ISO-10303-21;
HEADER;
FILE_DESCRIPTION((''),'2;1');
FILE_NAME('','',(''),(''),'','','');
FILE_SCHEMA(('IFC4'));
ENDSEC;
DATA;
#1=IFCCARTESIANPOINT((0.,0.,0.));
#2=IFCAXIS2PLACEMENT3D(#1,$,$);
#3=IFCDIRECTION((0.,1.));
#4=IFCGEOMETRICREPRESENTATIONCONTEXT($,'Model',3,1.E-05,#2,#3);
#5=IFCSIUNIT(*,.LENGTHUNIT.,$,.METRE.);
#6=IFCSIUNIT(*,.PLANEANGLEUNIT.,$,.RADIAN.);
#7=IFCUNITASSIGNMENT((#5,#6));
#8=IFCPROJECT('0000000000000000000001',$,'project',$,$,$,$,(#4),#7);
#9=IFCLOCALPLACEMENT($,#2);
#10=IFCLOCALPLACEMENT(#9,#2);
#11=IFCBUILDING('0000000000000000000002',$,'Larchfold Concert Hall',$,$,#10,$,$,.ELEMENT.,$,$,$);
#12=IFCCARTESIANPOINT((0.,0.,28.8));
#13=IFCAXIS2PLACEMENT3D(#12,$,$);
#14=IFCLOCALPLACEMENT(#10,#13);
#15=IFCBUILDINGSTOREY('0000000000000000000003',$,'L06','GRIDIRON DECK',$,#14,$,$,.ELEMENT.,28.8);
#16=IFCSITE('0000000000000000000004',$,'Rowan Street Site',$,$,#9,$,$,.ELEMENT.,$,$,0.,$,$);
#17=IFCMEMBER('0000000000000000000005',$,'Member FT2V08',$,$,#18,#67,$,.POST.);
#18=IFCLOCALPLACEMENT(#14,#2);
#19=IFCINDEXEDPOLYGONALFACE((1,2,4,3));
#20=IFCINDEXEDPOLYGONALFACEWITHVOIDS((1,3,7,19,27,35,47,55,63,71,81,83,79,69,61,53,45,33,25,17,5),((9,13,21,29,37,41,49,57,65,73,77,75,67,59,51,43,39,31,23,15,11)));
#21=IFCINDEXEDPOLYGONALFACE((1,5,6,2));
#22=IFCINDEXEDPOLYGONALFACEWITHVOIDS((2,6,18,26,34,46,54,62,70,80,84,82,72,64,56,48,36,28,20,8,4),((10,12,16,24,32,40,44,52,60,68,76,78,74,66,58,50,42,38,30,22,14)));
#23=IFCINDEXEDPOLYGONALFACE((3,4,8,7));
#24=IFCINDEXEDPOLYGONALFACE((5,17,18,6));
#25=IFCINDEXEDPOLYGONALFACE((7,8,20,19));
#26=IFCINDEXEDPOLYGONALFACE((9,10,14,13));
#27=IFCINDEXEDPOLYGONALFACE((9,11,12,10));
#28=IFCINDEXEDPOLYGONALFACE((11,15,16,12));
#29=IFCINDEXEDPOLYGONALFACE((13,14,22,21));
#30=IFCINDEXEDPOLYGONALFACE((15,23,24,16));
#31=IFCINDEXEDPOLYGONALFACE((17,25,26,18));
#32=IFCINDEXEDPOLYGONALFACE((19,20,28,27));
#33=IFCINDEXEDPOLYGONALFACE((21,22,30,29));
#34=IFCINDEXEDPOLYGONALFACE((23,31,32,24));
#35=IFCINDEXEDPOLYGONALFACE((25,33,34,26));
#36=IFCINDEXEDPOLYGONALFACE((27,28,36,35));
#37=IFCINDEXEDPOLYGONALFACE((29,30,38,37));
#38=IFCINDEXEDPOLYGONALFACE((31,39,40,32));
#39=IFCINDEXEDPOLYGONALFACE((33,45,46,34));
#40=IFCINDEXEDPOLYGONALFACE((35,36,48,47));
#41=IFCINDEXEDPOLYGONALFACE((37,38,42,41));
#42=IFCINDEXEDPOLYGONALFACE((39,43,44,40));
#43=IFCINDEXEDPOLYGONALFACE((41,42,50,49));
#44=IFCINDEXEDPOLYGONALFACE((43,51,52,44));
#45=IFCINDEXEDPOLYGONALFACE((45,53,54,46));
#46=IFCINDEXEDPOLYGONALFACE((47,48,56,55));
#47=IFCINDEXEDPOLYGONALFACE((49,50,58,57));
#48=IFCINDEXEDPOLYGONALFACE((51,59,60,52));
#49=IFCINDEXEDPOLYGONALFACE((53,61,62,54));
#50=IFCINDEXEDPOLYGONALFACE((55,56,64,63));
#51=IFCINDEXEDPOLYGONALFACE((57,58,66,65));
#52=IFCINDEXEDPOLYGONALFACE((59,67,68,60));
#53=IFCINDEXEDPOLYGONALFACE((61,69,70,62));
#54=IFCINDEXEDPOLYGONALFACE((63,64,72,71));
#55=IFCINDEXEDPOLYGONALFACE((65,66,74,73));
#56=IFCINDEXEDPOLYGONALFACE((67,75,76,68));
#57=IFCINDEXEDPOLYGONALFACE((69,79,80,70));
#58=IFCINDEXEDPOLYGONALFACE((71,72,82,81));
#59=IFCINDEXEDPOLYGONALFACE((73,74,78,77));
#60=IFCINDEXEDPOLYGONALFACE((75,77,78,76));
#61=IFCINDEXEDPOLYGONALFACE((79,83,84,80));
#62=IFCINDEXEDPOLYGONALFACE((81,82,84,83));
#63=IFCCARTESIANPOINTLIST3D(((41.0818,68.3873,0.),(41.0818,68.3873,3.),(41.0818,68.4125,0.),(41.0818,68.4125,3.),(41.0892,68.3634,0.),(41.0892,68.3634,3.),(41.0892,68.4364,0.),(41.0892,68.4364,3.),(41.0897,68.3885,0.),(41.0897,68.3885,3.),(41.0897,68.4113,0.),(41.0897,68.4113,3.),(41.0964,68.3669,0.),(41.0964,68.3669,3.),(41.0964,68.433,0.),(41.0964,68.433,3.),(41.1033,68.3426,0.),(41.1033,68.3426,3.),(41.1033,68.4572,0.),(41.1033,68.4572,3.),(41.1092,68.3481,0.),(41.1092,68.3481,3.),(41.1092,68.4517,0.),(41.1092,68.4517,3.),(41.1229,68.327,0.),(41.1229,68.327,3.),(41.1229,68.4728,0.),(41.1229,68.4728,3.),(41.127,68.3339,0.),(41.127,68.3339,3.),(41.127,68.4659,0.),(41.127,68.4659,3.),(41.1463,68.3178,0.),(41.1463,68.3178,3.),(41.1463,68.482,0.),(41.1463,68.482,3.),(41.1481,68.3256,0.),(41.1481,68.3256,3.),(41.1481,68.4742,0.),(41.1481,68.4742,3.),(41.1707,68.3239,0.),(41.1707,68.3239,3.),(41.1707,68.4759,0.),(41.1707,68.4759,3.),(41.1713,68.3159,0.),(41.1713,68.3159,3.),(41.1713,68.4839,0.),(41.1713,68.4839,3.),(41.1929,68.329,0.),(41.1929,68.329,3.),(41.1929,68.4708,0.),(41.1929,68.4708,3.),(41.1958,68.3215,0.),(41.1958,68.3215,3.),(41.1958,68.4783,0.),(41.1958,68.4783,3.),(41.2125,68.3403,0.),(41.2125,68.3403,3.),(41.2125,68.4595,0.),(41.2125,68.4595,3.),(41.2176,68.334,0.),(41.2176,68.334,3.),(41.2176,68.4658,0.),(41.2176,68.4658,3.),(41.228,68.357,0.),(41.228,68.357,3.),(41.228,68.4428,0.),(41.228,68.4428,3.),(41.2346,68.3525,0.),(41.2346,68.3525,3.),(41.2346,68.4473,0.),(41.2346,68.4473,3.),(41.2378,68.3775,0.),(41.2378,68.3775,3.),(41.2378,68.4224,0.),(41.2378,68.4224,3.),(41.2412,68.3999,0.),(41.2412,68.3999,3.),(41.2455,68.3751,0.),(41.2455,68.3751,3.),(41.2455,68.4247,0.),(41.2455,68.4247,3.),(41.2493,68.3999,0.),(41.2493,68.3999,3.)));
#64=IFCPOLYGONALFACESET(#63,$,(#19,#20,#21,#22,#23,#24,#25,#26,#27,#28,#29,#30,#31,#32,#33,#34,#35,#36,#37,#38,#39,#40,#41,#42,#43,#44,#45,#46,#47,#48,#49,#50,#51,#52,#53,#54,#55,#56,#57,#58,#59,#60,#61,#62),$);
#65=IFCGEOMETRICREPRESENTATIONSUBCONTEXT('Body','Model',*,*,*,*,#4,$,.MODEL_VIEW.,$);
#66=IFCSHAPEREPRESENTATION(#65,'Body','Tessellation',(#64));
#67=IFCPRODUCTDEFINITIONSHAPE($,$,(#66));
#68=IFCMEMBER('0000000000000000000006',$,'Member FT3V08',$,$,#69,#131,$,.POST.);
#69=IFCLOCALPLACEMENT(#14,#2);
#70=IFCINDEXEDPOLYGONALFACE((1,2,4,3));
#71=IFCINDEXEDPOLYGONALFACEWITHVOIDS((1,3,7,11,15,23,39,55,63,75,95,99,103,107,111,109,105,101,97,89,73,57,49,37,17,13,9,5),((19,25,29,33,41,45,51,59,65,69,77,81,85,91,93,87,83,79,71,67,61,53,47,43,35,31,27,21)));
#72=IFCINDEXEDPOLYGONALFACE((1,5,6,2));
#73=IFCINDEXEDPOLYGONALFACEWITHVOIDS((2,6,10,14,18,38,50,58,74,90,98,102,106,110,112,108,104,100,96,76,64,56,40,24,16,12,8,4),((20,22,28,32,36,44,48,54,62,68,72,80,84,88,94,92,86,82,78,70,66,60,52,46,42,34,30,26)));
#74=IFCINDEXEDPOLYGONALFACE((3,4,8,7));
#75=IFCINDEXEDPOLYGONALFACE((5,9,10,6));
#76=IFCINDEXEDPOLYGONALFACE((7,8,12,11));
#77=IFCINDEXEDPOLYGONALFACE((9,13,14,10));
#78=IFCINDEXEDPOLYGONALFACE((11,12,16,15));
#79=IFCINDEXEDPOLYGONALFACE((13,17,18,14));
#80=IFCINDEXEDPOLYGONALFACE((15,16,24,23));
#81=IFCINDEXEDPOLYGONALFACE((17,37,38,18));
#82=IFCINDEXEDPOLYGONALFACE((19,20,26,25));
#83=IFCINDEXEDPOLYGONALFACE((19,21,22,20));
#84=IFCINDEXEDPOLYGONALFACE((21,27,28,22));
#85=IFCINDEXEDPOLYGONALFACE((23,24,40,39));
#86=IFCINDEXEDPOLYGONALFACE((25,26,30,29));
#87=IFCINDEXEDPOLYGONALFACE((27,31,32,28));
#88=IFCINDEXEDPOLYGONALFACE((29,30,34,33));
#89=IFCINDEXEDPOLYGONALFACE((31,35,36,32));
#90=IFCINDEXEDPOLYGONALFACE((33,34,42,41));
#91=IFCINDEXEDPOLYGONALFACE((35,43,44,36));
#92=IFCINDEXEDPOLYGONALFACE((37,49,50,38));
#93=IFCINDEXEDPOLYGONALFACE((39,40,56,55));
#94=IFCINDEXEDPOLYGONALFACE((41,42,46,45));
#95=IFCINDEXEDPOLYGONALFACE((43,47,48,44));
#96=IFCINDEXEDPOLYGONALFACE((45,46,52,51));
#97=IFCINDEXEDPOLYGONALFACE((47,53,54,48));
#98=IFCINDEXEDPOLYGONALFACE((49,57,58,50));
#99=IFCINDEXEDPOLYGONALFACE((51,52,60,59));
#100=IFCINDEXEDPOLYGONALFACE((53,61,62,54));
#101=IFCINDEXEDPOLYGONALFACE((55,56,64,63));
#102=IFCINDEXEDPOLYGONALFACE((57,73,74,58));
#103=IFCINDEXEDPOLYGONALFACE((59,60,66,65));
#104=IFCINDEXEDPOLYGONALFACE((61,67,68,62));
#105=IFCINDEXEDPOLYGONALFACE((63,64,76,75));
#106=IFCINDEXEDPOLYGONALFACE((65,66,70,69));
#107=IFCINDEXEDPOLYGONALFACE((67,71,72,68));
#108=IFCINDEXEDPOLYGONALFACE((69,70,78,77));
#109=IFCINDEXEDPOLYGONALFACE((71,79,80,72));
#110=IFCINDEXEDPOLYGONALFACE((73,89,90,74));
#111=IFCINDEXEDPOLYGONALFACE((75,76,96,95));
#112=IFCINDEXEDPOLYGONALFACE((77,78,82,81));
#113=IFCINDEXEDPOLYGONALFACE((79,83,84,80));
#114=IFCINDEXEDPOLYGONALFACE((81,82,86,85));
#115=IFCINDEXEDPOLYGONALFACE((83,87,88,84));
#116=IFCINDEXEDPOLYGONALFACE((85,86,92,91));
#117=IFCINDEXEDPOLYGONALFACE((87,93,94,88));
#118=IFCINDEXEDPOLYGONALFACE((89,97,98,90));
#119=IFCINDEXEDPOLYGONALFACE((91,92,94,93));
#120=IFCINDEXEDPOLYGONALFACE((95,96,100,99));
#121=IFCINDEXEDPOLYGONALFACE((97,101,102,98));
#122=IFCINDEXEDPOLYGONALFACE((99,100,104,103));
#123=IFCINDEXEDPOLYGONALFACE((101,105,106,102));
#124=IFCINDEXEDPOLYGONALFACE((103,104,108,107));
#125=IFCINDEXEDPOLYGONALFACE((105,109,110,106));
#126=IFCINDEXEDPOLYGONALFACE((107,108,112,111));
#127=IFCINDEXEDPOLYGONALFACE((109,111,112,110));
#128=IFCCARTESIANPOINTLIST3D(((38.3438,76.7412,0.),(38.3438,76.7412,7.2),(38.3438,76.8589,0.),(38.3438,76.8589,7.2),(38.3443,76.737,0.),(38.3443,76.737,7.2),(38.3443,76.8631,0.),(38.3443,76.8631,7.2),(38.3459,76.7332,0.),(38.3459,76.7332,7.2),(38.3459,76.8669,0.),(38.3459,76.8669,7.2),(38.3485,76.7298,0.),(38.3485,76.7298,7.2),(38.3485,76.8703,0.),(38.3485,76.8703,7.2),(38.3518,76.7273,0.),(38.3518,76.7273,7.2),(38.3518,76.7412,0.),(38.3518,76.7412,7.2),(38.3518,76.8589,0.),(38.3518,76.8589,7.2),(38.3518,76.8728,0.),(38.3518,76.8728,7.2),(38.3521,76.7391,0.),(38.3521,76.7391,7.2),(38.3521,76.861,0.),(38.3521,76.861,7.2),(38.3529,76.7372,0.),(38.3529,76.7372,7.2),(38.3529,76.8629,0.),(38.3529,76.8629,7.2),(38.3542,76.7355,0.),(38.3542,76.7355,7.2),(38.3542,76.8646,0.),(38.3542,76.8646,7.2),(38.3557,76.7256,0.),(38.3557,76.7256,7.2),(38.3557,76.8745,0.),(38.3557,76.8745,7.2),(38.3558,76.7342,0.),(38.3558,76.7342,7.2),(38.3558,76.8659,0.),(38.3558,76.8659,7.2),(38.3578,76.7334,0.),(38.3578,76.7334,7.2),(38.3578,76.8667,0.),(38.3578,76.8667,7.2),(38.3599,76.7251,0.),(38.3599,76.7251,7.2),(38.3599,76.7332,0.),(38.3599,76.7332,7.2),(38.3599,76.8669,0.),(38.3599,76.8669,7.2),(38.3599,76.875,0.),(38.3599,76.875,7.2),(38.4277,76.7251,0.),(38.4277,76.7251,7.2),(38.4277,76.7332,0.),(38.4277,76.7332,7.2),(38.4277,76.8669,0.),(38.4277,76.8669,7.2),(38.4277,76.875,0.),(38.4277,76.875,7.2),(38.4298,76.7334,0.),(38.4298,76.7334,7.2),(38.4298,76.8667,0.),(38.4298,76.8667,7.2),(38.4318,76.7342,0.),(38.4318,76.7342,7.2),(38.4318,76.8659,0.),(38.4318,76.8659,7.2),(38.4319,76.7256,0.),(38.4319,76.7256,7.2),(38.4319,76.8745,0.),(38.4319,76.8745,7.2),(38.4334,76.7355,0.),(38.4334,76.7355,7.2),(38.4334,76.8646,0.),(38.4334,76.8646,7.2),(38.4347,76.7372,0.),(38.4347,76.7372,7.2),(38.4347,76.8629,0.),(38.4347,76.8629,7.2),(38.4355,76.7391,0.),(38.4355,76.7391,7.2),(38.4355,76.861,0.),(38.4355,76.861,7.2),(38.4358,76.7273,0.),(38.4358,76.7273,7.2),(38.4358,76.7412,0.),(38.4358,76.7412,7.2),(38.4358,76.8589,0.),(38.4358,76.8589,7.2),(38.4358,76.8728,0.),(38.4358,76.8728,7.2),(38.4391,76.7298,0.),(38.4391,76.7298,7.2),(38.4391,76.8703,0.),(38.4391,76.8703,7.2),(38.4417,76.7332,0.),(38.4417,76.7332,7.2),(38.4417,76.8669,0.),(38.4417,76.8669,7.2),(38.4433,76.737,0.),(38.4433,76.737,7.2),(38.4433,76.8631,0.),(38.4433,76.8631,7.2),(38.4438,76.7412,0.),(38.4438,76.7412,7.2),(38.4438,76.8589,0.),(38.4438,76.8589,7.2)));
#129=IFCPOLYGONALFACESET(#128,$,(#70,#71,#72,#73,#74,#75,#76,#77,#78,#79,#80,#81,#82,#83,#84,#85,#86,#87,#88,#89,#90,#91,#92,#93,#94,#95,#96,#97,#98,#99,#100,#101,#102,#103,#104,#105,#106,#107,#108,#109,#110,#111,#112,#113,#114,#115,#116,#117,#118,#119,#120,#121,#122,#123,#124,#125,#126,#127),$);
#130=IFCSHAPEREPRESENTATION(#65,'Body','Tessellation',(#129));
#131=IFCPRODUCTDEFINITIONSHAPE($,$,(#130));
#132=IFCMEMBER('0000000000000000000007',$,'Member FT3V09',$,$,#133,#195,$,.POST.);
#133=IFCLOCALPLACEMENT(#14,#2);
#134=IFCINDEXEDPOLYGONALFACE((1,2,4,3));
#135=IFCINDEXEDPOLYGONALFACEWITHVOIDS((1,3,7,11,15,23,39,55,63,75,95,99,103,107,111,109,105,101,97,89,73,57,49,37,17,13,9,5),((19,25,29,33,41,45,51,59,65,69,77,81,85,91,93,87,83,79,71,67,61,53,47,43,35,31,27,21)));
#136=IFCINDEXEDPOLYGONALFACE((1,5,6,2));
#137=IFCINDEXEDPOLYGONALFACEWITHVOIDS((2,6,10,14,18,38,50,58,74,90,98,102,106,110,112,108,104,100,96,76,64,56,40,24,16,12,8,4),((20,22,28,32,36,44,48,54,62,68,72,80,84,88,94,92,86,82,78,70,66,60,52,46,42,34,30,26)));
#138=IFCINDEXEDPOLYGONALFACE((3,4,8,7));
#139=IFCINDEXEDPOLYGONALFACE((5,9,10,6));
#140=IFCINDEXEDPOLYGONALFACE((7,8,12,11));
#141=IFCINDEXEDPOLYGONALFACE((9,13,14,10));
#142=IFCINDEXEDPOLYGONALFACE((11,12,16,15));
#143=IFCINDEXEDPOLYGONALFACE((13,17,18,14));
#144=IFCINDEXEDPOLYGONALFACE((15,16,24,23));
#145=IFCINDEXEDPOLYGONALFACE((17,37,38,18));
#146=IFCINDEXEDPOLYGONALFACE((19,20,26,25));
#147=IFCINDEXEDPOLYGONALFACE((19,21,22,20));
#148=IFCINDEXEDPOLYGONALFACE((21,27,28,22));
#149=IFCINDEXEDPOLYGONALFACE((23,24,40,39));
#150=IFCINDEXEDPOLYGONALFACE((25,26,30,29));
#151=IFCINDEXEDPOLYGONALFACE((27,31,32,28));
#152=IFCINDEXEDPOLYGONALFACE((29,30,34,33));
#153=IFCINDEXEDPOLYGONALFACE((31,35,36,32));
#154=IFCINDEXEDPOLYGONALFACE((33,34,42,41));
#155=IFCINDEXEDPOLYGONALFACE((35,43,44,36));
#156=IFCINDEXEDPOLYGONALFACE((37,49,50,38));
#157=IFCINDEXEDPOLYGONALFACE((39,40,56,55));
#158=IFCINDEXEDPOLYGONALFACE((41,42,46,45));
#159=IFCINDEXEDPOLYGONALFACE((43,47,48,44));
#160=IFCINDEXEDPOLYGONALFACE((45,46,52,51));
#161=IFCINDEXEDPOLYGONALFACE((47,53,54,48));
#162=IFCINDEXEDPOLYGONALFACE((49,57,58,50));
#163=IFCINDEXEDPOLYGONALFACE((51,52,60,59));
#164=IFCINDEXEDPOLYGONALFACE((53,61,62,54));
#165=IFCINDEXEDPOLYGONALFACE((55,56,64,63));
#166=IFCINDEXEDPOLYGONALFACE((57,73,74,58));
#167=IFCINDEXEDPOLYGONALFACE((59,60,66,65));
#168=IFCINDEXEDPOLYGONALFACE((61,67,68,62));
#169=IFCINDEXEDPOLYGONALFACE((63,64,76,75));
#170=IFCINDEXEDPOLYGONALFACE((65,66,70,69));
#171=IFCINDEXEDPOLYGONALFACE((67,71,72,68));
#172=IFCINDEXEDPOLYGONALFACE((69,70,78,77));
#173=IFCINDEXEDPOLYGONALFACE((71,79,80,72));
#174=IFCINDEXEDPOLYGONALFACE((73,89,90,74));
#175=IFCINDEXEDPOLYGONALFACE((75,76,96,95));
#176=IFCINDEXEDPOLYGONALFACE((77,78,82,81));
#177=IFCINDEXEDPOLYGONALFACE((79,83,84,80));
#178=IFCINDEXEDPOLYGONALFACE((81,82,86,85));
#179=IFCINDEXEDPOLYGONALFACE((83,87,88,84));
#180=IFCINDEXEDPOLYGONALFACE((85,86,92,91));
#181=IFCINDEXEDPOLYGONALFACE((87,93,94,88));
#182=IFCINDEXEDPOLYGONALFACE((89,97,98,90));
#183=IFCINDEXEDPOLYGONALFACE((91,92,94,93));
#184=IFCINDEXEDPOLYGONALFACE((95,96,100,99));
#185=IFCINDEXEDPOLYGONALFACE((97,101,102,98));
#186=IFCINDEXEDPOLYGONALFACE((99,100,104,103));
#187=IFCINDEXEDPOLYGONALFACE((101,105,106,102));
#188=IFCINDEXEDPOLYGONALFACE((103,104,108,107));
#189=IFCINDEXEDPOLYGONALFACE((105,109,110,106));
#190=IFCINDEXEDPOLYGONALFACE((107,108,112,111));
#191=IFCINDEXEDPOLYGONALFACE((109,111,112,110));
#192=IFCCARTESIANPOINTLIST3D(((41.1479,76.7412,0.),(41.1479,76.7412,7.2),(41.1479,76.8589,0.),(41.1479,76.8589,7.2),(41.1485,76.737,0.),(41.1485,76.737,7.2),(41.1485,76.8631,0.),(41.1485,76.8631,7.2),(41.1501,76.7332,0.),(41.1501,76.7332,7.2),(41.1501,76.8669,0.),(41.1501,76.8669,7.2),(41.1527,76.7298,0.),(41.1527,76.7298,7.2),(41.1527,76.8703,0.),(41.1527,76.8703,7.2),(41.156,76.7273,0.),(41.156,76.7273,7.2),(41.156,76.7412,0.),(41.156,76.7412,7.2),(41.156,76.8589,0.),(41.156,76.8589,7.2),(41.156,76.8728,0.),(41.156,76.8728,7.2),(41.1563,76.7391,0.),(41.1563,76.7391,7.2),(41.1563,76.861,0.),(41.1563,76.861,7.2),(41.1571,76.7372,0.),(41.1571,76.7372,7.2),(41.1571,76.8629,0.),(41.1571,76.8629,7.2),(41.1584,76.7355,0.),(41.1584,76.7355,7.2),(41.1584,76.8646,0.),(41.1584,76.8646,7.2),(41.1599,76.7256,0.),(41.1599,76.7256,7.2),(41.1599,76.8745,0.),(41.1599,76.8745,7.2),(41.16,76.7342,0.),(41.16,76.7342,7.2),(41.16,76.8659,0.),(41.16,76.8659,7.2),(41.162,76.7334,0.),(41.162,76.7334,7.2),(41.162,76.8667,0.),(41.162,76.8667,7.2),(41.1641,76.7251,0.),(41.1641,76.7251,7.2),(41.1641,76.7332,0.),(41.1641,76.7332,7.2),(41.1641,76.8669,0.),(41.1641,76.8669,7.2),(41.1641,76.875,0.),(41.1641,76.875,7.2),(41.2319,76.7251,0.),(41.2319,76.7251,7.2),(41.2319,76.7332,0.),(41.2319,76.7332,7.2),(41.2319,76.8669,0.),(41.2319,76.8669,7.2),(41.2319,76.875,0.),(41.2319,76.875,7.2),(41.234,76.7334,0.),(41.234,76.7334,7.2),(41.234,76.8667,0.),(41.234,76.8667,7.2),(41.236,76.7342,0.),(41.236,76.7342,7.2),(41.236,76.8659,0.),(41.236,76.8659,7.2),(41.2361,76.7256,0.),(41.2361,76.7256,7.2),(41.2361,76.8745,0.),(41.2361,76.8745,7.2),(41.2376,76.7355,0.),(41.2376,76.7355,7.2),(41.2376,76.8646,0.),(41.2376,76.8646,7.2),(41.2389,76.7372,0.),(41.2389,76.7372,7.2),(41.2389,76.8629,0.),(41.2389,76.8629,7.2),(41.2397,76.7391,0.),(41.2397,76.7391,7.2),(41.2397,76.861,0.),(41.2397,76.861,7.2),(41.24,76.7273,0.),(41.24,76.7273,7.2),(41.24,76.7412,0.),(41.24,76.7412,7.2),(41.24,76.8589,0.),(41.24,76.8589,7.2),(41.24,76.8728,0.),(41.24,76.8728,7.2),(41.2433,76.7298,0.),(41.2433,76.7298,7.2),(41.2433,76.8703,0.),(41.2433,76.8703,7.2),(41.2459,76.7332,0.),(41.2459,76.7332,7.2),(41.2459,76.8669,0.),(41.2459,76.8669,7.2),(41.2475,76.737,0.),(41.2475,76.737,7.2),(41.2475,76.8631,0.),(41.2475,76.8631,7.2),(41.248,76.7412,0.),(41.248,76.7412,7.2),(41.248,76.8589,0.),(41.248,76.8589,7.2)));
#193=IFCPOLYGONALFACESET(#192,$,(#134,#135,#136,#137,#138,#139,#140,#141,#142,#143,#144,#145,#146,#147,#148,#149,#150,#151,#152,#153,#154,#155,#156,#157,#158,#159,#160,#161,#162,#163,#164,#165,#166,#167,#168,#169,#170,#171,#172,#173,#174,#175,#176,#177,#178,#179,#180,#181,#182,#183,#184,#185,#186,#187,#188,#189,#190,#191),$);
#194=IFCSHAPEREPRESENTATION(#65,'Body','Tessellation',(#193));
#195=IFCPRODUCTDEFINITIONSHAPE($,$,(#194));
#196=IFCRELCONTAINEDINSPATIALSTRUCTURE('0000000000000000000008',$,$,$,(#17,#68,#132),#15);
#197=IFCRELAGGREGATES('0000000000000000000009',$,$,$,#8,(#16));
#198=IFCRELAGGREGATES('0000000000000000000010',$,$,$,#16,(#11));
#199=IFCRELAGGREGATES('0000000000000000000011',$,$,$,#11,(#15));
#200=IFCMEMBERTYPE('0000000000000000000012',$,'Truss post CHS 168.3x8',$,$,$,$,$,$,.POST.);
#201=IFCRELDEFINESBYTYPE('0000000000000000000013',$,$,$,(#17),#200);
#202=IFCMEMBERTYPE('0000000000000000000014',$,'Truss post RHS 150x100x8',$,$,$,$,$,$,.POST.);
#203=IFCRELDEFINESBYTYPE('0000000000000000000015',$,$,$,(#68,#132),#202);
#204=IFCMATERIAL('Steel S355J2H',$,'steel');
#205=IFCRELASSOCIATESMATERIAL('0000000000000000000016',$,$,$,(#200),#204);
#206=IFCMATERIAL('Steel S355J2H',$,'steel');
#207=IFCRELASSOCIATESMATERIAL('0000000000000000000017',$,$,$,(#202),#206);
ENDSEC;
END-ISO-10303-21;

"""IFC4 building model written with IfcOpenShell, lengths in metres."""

from ifc_helpers import new_model, si_unit, direction, frame, origin, origin_2d, place, context, subcontext, project, spatial, hollow_rectangle, hollow_circle, extrude, material, material_profile, profile_set, type_object, element, save


model = new_model("IFC4")

# Units and contexts
model_context = context("Model", 3, precision=1e-05, world=origin(), true_north=direction((0.0, 1.0)))
body_context = subcontext(model_context, "Body", "Model", "MODEL_VIEW")
ifc_project = project(units=[si_unit("LENGTHUNIT", "METRE"), si_unit("PLANEANGLEUNIT", "RADIAN")], contexts=[model_context])

# Site, building, storey
site_placement = place(None, origin())
site = spatial("IfcSite", under=ifc_project, at=site_placement, Name="Rowan Street Site", CompositionType="ELEMENT", RefElevation=0.0)
building_placement = place(site_placement, origin())
building = spatial("IfcBuilding", under=site, at=building_placement, Name="Larchfold Concert Hall", CompositionType="ELEMENT")
storey_placement = place(building_placement, frame((0.0, 0.0, 28.8)))
storey = spatial("IfcBuildingStorey", under=building, at=storey_placement, Name="L06", Description="GRIDIRON DECK", CompositionType="ELEMENT", Elevation=28.8)

# Members
ifc_material_1 = material(Name="Steel S355J2H", Category="steel")
ifc_material_profile_1 = material_profile(ifc_material_1, hollow_circle(Radius=0.0842, WallThickness=0.0081, at=origin_2d()))
ifc_profile_set_1 = profile_set([ifc_material_profile_1], Name="Steel S355J2H")
member_type_1 = type_object("IfcMemberType", Name="Truss post CHS 168.3x8", PredefinedType="POST", material=ifc_profile_set_1)
for number, where, z_axis, x_axis, name in (
    (1, (41.165, 68.3999, 3.0), (0.0, 0.0, -1.0), (1.0, 0.0, 0.0), "Member FT2V08"),
):
    element("IfcMember", number, at=place(storey_placement, frame(where, z_axis=z_axis, x_axis=x_axis)), inside=storey, type_object=member_type_1, Name=name, PredefinedType="POST", context=body_context, shape_type="SweptSolid", body=[
        extrude(hollow_circle(Radius=0.0842, WallThickness=0.0081, at=origin_2d()), origin(), (0.0, 0.0, 1.0), 3.0),
    ])
ifc_material_2 = material(Name="Steel S355J2H", Category="steel")
ifc_material_profile_2 = material_profile(ifc_material_2, hollow_rectangle(XDim=0.1001, YDim=0.1499, WallThickness=0.0081, InnerFilletRadius=0.0081, OuterFilletRadius=0.0161, at=origin_2d()))
ifc_profile_set_2 = profile_set([ifc_material_profile_2], Name="Steel S355J2H")
member_type_2 = type_object("IfcMemberType", Name="Truss post RHS 150x100x8", PredefinedType="POST", material=ifc_profile_set_2)
for number, where, z_axis, x_axis, name in (
    (2, (38.3938, 76.8, 7.2), (0.0, 0.0, -1.0), (1.0, 0.0, 0.0), "Member FT3V08"),
    (3, (41.198, 76.8, 7.2), (0.0, 0.0, -1.0), (1.0, 0.0, 0.0), "Member FT3V09"),
):
    element("IfcMember", number, at=place(storey_placement, frame(where, z_axis=z_axis, x_axis=x_axis)), inside=storey, type_object=member_type_2, Name=name, PredefinedType="POST", context=body_context, shape_type="SweptSolid", body=[
        extrude(hollow_rectangle(XDim=0.1001, YDim=0.1499, WallThickness=0.0081, InnerFilletRadius=0.0081, OuterFilletRadius=0.0161, at=origin_2d()), origin(), (0.0, 0.0, 1.0), 7.2),
    ])

save(model, "model.ifc")
